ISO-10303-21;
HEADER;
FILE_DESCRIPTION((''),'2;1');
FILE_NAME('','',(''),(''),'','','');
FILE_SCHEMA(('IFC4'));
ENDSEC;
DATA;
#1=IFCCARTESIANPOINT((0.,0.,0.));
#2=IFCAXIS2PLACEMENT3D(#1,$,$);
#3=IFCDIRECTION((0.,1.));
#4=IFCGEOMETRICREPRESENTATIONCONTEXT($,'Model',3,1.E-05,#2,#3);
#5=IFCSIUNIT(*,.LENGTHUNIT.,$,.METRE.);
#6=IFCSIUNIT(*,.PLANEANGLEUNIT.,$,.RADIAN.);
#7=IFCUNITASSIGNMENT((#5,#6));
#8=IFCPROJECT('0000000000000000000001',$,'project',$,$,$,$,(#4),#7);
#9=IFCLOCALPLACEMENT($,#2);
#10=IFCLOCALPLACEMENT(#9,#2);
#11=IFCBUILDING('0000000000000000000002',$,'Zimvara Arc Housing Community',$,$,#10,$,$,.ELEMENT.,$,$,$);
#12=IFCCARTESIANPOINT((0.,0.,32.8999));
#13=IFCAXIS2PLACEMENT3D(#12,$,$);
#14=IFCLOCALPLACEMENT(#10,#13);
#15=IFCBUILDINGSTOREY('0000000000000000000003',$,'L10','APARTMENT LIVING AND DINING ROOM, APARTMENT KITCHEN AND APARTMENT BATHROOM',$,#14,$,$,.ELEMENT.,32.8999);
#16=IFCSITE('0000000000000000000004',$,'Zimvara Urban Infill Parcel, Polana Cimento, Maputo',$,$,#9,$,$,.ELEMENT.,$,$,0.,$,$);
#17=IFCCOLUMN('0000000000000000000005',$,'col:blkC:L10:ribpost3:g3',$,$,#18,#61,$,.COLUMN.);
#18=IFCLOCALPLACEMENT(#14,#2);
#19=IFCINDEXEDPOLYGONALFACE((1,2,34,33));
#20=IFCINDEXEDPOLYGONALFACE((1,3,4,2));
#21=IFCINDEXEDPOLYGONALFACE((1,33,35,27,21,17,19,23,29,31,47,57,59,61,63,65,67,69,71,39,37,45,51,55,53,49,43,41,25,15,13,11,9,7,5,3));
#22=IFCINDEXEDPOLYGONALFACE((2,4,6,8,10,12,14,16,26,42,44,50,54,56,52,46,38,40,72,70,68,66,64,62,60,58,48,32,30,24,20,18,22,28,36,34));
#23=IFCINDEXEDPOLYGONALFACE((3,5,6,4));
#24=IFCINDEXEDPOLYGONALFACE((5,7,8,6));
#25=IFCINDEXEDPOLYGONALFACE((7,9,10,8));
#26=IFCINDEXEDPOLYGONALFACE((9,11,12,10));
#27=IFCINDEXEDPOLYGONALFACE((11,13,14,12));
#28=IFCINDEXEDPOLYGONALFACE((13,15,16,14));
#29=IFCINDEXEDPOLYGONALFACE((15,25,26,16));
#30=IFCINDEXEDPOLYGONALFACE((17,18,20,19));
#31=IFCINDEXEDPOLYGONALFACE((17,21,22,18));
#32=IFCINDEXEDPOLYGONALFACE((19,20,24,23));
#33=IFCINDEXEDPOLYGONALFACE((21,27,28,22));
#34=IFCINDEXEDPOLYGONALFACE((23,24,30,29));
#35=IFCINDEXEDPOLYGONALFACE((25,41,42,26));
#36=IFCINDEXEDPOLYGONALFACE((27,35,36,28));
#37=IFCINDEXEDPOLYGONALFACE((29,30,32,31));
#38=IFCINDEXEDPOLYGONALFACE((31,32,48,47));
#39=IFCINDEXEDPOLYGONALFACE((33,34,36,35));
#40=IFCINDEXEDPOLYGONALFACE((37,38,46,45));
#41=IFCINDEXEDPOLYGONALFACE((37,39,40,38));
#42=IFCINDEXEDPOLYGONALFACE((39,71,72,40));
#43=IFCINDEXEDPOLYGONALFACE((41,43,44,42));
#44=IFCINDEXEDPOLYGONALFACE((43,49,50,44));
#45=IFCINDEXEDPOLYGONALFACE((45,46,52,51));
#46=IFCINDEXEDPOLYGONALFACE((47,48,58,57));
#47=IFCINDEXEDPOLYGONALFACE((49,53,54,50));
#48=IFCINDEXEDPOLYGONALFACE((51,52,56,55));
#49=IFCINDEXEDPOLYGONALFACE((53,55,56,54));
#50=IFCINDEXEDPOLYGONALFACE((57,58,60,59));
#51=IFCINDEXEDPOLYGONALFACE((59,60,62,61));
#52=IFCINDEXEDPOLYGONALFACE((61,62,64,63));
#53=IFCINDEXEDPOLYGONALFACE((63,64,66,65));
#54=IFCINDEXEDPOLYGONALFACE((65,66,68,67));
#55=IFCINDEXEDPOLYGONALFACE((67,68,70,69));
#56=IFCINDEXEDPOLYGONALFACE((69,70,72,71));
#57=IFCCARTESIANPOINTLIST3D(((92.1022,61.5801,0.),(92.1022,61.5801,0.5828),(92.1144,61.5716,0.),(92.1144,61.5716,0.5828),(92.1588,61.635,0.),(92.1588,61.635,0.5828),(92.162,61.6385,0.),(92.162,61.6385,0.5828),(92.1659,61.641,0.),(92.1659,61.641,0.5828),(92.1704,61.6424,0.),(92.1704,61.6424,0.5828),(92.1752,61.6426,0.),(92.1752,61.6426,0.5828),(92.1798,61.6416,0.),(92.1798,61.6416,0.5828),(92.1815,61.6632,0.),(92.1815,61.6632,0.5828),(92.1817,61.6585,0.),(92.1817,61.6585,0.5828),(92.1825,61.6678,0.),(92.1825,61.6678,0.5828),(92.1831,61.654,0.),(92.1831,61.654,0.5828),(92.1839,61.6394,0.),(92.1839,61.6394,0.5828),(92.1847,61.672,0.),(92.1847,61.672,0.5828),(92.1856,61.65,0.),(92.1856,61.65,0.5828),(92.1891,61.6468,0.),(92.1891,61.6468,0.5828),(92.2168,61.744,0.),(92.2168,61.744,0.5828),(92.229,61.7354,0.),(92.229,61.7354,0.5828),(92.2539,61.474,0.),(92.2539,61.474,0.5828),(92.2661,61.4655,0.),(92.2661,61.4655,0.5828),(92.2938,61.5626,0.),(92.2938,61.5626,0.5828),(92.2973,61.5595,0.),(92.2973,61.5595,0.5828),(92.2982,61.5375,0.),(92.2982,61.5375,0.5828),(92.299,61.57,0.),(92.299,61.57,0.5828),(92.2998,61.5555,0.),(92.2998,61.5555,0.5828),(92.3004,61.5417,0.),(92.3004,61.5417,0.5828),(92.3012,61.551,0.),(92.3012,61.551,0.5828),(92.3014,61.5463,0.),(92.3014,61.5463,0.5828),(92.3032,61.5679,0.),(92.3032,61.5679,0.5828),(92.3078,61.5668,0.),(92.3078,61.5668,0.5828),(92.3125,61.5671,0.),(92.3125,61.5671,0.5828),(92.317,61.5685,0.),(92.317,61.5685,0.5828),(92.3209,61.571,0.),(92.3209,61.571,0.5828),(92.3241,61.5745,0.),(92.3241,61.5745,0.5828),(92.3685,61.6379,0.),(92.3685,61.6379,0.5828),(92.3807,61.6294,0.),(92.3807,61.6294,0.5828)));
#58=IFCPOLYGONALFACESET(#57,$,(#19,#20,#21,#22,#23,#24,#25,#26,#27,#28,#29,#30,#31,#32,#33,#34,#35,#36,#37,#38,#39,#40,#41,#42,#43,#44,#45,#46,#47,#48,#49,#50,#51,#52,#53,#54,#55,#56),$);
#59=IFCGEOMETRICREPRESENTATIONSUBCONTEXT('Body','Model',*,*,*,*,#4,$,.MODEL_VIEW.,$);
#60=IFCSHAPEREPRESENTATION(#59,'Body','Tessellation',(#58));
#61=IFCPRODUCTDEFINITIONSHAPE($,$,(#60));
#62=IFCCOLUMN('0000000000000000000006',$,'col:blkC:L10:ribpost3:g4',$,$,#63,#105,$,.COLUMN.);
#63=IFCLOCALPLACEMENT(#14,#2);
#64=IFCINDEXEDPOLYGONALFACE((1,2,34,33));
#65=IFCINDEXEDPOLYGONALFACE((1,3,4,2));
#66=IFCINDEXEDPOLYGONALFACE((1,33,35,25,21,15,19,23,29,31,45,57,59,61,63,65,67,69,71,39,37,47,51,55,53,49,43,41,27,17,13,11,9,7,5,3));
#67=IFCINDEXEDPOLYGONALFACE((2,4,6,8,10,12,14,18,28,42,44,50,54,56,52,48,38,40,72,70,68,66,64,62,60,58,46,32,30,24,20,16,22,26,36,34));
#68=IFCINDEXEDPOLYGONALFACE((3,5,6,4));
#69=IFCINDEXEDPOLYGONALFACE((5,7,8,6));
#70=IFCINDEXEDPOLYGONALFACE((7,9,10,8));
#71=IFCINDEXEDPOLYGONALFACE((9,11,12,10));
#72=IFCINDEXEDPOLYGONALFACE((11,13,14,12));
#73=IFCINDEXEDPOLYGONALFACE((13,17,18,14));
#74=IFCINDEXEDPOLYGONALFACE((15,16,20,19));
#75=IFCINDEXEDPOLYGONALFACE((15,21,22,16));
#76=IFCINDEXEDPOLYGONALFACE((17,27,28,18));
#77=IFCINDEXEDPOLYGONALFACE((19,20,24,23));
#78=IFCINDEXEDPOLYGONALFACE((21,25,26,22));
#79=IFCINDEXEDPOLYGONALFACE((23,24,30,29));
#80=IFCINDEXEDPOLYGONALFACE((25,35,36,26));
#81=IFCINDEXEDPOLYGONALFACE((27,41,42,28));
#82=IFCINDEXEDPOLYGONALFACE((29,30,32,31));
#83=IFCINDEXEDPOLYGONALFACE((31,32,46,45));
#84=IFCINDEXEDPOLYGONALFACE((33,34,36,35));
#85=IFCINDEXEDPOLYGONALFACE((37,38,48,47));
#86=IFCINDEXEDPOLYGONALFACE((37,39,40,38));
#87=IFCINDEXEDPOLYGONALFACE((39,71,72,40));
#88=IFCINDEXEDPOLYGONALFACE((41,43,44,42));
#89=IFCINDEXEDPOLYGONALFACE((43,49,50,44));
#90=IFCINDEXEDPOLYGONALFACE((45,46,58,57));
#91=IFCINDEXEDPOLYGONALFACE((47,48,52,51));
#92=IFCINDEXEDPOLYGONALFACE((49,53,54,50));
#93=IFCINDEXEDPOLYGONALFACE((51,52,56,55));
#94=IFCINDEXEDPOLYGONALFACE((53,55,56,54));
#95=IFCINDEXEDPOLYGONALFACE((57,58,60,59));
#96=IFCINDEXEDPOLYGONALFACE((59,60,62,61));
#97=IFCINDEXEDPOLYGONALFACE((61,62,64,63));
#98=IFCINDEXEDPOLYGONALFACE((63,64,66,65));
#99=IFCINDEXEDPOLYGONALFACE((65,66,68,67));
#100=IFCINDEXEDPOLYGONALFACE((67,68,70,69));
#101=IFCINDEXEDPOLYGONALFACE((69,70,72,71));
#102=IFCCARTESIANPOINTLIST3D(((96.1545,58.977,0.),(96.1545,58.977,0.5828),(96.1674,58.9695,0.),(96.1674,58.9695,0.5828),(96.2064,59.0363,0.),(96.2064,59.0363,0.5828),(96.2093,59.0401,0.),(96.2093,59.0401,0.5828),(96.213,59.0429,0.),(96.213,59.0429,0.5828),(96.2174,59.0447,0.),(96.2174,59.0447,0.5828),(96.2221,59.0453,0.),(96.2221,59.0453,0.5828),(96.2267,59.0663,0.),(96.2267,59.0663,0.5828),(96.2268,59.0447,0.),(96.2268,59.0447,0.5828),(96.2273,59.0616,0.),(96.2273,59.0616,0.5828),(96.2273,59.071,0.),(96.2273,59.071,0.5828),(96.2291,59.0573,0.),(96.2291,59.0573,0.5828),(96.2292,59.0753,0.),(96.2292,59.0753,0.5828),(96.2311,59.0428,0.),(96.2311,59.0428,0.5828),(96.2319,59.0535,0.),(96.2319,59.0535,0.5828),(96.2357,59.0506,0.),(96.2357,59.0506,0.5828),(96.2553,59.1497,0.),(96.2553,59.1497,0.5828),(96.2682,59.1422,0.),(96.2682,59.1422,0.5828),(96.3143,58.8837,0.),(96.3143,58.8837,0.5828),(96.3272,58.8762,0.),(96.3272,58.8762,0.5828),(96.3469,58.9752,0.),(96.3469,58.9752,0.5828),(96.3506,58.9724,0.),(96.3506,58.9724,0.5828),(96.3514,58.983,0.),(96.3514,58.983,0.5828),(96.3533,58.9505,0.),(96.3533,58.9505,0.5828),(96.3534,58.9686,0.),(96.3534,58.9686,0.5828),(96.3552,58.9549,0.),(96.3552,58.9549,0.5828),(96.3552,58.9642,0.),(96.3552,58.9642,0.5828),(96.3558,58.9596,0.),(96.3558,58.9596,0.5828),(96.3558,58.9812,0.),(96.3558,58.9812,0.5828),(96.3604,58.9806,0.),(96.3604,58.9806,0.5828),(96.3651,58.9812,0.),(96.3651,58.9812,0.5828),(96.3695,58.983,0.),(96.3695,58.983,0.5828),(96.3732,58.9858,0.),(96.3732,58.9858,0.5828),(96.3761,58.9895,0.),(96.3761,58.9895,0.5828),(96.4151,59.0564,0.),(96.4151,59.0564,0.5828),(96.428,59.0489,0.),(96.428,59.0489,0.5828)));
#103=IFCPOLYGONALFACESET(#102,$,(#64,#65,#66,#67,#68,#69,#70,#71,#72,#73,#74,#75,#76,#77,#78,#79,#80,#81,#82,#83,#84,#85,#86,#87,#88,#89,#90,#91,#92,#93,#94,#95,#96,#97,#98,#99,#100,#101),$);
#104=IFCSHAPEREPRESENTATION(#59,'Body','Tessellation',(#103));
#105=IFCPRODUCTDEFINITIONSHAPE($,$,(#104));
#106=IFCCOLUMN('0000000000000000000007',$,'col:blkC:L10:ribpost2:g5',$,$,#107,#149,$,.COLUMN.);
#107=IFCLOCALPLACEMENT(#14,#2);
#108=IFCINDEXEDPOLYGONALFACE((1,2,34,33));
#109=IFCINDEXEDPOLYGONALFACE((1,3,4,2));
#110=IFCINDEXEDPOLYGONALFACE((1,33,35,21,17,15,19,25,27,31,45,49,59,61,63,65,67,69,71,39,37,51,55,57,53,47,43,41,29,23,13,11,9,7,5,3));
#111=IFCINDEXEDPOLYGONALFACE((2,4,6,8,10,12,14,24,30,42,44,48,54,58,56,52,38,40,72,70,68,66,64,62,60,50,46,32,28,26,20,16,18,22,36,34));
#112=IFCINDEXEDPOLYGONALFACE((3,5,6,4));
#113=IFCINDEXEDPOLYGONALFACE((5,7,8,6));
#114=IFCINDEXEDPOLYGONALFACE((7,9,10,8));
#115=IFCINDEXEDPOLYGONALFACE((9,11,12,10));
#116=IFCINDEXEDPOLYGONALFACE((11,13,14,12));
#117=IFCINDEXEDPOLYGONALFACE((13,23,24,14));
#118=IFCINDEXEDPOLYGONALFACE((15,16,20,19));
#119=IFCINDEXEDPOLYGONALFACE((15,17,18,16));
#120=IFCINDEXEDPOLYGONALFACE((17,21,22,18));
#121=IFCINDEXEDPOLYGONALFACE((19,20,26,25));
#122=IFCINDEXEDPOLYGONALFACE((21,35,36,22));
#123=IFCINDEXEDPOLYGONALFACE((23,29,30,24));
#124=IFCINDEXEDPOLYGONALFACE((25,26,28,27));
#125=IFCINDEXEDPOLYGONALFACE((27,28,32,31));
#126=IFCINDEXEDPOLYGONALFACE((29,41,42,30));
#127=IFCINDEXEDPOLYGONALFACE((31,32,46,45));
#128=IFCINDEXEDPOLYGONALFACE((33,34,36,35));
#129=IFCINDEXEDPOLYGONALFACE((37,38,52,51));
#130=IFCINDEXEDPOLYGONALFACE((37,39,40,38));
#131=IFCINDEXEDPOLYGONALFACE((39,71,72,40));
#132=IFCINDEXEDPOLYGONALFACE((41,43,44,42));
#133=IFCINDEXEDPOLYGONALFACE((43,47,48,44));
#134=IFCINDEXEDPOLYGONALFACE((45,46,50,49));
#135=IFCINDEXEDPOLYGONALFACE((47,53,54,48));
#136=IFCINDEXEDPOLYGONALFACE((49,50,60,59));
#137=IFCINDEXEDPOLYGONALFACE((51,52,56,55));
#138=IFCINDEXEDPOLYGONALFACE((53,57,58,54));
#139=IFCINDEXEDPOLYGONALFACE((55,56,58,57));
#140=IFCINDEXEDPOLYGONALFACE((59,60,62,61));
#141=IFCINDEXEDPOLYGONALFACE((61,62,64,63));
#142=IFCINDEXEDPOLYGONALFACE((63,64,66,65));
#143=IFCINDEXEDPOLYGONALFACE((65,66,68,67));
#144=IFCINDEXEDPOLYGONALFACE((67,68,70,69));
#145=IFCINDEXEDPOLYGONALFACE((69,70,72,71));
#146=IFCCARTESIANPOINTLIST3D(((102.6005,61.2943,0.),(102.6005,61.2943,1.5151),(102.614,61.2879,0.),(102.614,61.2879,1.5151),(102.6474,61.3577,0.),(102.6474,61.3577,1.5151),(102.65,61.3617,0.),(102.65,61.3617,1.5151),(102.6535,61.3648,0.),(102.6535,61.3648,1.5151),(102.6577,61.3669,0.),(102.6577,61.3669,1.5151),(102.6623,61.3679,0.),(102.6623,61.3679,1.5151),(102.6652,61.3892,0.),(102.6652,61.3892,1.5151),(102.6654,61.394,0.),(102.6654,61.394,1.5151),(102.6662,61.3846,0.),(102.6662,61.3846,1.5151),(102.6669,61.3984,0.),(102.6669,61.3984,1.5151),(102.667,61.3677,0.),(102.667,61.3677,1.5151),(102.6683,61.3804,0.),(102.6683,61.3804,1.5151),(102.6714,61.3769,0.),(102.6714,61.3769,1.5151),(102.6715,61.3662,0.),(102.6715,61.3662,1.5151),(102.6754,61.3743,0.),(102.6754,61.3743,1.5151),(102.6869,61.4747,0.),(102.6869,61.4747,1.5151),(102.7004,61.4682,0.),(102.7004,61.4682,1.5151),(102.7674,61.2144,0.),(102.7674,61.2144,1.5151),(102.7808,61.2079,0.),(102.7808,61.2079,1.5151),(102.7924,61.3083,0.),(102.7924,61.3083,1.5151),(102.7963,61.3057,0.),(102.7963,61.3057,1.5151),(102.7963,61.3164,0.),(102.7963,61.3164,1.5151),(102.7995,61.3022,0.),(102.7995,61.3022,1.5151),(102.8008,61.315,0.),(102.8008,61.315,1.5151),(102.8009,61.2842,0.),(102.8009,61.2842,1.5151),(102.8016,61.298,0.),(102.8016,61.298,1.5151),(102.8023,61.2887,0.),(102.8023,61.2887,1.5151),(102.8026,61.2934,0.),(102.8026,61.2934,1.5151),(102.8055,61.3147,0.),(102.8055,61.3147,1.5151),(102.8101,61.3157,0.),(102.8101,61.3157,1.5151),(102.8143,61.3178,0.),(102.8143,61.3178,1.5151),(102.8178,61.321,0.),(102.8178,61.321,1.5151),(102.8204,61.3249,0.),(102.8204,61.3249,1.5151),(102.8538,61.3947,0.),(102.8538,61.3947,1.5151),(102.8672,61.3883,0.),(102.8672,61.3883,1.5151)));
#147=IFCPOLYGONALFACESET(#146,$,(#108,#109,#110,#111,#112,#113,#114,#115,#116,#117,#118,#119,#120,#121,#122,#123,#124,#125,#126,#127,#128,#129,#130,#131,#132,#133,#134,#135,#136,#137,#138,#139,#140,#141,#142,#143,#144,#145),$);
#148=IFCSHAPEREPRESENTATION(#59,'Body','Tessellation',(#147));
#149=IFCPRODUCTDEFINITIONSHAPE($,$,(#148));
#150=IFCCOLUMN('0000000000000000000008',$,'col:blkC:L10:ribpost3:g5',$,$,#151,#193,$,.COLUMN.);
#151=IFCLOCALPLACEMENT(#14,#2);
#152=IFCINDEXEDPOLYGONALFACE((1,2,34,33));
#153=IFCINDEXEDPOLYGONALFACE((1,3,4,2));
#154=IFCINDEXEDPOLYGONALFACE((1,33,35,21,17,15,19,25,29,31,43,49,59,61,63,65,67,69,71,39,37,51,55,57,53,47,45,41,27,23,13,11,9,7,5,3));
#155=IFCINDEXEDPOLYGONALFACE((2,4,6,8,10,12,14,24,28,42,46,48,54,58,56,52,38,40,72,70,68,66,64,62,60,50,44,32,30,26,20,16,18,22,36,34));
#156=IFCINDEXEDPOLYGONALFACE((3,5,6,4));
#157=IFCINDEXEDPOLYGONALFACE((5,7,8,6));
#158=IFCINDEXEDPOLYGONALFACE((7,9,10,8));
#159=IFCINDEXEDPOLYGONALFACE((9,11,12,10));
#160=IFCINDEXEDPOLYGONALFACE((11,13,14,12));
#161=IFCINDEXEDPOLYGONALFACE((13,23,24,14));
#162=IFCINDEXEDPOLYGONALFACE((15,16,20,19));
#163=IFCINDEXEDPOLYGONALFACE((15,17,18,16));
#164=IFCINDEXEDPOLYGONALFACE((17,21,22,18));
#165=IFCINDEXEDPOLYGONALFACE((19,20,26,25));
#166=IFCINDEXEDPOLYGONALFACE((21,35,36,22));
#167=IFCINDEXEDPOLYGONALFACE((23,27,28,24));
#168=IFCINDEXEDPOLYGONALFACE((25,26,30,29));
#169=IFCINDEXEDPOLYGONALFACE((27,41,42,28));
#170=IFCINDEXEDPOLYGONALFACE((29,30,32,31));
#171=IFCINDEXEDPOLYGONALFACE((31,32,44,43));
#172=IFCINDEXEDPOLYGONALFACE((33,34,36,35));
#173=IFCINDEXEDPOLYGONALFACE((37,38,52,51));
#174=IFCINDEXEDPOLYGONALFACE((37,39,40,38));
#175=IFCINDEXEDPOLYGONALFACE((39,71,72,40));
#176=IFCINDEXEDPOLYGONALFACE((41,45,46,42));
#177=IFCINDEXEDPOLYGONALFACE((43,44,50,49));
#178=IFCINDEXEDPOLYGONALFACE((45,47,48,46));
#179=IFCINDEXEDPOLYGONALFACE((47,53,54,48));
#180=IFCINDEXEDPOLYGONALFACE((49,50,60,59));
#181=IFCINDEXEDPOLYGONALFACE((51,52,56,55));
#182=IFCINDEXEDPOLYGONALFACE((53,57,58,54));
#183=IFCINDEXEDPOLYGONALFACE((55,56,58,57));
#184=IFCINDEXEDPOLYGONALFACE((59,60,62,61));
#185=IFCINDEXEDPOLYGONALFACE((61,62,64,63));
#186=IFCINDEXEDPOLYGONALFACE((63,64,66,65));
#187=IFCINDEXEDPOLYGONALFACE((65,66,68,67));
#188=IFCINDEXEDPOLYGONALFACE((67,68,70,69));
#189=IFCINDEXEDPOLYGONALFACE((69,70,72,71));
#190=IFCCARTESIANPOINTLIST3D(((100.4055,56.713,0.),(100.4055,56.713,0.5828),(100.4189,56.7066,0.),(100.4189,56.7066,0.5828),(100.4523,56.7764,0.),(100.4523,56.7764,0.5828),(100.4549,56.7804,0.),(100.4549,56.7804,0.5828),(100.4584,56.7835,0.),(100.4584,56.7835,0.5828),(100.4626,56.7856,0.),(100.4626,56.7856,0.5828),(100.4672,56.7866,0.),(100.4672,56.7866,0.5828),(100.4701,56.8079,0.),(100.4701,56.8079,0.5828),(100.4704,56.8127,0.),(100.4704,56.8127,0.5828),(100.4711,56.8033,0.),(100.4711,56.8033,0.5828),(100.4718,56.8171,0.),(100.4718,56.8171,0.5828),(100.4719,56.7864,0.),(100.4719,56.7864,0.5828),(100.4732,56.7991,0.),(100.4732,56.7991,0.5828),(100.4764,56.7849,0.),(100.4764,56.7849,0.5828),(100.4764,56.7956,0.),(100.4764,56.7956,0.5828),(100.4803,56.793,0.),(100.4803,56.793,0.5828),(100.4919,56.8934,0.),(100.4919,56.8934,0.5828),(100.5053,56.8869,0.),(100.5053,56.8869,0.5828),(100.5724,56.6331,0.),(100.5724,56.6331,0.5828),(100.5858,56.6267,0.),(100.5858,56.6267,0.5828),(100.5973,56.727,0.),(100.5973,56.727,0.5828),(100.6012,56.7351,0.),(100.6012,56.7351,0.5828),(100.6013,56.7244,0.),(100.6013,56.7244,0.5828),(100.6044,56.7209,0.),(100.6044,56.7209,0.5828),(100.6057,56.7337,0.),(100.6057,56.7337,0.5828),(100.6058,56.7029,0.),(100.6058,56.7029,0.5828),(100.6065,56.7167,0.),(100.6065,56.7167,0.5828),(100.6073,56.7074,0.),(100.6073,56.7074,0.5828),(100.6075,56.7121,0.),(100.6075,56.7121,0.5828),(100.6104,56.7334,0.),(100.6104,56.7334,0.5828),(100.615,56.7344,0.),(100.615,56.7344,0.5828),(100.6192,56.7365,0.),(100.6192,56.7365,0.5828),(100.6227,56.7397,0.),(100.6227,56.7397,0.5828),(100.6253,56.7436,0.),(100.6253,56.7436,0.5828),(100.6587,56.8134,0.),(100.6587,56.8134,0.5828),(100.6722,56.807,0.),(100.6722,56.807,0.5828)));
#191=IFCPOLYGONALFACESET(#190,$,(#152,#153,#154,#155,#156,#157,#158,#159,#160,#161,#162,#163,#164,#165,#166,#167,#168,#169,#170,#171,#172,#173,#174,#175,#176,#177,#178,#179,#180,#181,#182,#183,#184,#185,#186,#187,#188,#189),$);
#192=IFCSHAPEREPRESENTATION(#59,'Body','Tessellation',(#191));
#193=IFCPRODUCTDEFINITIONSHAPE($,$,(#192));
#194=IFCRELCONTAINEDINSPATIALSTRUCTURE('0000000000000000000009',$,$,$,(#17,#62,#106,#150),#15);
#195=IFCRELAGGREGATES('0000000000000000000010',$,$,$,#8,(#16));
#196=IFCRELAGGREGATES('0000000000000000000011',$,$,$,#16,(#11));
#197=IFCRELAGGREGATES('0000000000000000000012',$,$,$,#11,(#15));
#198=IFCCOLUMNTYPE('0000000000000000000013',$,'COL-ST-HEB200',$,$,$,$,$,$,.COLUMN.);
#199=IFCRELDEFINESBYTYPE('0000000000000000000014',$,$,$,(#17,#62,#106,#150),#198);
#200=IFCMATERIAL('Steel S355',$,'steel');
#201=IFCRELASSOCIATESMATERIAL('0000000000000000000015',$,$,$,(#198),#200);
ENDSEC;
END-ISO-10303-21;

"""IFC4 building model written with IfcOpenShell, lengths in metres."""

from ifc_helpers import new_model, si_unit, direction, frame, origin, origin_2d, place, context, subcontext, project, spatial, i_section, extrude, material, material_profile, profile_set, type_object, element, save


model = new_model("IFC4")

# Units and contexts
model_context = context("Model", 3, precision=1e-05, world=origin(), true_north=direction((0.0, 1.0)))
body_context = subcontext(model_context, "Body", "Model", "MODEL_VIEW")
ifc_project = project(units=[si_unit("LENGTHUNIT", "METRE"), si_unit("PLANEANGLEUNIT", "RADIAN")], contexts=[model_context])

# Site, building, storey
site_placement = place(None, origin())
site = spatial("IfcSite", under=ifc_project, at=site_placement, Name="Zimvara Urban Infill Parcel, Polana Cimento, Maputo", CompositionType="ELEMENT", RefElevation=0.0)
building_placement = place(site_placement, origin())
building = spatial("IfcBuilding", under=site, at=building_placement, Name="Zimvara Arc Housing Community", CompositionType="ELEMENT")
storey_placement = place(building_placement, frame((0.0, 0.0, 32.8999)))
storey = spatial("IfcBuildingStorey", under=building, at=storey_placement, Name="L10", Description="APARTMENT LIVING AND DINING ROOM, APARTMENT KITCHEN AND APARTMENT BATHROOM", CompositionType="ELEMENT", Elevation=32.8999)

# Columns
ifc_material_1 = material(Name="Steel S355", Category="steel")
ifc_material_profile_1 = material_profile(ifc_material_1, i_section(OverallWidth=0.2, OverallDepth=0.2, WebThickness=0.009, FlangeThickness=0.0149, FilletRadius=0.0181, at=origin_2d()), Name="HEB 200")
ifc_profile_set_1 = profile_set([ifc_material_profile_1], Name="Steel S355")
column_type = type_object("IfcColumnType", Name="COL-ST-HEB200", PredefinedType="COLUMN", material=ifc_profile_set_1)
for number, where, z_axis, x_axis, name in (
    (1, (92.2415, 61.6047, 0.0), (0.0, 0.0, 1.0), (-0.573004, -0.819552, 0.0), "col:blkC:L10:ribpost3:g3"),
    (2, (96.2913, 59.0129, 0.0), (0.0, 0.0, 1.0), (-0.504226, -0.863572, 0.0), "col:blkC:L10:ribpost3:g4"),
):
    element("IfcColumn", number, at=place(storey_placement, frame(where, z_axis=z_axis, x_axis=x_axis)), inside=storey, type_object=column_type, Name=name, PredefinedType="COLUMN", context=body_context, shape_type="SweptSolid", body=[
        extrude(i_section(OverallWidth=0.2, OverallDepth=0.2, WebThickness=0.009, FlangeThickness=0.0149, FilletRadius=0.0181, at=origin_2d()), origin(), (0.0, 0.0, 1.0), 0.5828),
    ])
column_1_placement = place(storey_placement, frame((102.7339, 61.3413, 0.0), z_axis=(0.0, 0.0, 1.0), x_axis=(-0.432086, -0.901833, 0.0)))
element("IfcColumn", 3, at=column_1_placement, inside=storey, type_object=column_type, Name="col:blkC:L10:ribpost2:g5", PredefinedType="COLUMN", context=body_context, shape_type="SweptSolid", body=[
    extrude(i_section(OverallWidth=0.2, OverallDepth=0.2, WebThickness=0.009, FlangeThickness=0.0149, FilletRadius=0.0181, at=origin_2d()), origin(), (0.0, 0.0, 1.0), 1.5151),
])
column_2_placement = place(storey_placement, frame((100.5388, 56.76, 0.0), z_axis=(0.0, 0.0, 1.0), x_axis=(-0.432086, -0.901833, 0.0)))
element("IfcColumn", 4, at=column_2_placement, inside=storey, type_object=column_type, Name="col:blkC:L10:ribpost3:g5", PredefinedType="COLUMN", context=body_context, shape_type="SweptSolid", body=[
    extrude(i_section(OverallWidth=0.2, OverallDepth=0.2, WebThickness=0.009, FlangeThickness=0.0149, FilletRadius=0.0181, at=origin_2d()), origin(), (0.0, 0.0, 1.0), 0.5828),
])

save(model, "model.ifc")
